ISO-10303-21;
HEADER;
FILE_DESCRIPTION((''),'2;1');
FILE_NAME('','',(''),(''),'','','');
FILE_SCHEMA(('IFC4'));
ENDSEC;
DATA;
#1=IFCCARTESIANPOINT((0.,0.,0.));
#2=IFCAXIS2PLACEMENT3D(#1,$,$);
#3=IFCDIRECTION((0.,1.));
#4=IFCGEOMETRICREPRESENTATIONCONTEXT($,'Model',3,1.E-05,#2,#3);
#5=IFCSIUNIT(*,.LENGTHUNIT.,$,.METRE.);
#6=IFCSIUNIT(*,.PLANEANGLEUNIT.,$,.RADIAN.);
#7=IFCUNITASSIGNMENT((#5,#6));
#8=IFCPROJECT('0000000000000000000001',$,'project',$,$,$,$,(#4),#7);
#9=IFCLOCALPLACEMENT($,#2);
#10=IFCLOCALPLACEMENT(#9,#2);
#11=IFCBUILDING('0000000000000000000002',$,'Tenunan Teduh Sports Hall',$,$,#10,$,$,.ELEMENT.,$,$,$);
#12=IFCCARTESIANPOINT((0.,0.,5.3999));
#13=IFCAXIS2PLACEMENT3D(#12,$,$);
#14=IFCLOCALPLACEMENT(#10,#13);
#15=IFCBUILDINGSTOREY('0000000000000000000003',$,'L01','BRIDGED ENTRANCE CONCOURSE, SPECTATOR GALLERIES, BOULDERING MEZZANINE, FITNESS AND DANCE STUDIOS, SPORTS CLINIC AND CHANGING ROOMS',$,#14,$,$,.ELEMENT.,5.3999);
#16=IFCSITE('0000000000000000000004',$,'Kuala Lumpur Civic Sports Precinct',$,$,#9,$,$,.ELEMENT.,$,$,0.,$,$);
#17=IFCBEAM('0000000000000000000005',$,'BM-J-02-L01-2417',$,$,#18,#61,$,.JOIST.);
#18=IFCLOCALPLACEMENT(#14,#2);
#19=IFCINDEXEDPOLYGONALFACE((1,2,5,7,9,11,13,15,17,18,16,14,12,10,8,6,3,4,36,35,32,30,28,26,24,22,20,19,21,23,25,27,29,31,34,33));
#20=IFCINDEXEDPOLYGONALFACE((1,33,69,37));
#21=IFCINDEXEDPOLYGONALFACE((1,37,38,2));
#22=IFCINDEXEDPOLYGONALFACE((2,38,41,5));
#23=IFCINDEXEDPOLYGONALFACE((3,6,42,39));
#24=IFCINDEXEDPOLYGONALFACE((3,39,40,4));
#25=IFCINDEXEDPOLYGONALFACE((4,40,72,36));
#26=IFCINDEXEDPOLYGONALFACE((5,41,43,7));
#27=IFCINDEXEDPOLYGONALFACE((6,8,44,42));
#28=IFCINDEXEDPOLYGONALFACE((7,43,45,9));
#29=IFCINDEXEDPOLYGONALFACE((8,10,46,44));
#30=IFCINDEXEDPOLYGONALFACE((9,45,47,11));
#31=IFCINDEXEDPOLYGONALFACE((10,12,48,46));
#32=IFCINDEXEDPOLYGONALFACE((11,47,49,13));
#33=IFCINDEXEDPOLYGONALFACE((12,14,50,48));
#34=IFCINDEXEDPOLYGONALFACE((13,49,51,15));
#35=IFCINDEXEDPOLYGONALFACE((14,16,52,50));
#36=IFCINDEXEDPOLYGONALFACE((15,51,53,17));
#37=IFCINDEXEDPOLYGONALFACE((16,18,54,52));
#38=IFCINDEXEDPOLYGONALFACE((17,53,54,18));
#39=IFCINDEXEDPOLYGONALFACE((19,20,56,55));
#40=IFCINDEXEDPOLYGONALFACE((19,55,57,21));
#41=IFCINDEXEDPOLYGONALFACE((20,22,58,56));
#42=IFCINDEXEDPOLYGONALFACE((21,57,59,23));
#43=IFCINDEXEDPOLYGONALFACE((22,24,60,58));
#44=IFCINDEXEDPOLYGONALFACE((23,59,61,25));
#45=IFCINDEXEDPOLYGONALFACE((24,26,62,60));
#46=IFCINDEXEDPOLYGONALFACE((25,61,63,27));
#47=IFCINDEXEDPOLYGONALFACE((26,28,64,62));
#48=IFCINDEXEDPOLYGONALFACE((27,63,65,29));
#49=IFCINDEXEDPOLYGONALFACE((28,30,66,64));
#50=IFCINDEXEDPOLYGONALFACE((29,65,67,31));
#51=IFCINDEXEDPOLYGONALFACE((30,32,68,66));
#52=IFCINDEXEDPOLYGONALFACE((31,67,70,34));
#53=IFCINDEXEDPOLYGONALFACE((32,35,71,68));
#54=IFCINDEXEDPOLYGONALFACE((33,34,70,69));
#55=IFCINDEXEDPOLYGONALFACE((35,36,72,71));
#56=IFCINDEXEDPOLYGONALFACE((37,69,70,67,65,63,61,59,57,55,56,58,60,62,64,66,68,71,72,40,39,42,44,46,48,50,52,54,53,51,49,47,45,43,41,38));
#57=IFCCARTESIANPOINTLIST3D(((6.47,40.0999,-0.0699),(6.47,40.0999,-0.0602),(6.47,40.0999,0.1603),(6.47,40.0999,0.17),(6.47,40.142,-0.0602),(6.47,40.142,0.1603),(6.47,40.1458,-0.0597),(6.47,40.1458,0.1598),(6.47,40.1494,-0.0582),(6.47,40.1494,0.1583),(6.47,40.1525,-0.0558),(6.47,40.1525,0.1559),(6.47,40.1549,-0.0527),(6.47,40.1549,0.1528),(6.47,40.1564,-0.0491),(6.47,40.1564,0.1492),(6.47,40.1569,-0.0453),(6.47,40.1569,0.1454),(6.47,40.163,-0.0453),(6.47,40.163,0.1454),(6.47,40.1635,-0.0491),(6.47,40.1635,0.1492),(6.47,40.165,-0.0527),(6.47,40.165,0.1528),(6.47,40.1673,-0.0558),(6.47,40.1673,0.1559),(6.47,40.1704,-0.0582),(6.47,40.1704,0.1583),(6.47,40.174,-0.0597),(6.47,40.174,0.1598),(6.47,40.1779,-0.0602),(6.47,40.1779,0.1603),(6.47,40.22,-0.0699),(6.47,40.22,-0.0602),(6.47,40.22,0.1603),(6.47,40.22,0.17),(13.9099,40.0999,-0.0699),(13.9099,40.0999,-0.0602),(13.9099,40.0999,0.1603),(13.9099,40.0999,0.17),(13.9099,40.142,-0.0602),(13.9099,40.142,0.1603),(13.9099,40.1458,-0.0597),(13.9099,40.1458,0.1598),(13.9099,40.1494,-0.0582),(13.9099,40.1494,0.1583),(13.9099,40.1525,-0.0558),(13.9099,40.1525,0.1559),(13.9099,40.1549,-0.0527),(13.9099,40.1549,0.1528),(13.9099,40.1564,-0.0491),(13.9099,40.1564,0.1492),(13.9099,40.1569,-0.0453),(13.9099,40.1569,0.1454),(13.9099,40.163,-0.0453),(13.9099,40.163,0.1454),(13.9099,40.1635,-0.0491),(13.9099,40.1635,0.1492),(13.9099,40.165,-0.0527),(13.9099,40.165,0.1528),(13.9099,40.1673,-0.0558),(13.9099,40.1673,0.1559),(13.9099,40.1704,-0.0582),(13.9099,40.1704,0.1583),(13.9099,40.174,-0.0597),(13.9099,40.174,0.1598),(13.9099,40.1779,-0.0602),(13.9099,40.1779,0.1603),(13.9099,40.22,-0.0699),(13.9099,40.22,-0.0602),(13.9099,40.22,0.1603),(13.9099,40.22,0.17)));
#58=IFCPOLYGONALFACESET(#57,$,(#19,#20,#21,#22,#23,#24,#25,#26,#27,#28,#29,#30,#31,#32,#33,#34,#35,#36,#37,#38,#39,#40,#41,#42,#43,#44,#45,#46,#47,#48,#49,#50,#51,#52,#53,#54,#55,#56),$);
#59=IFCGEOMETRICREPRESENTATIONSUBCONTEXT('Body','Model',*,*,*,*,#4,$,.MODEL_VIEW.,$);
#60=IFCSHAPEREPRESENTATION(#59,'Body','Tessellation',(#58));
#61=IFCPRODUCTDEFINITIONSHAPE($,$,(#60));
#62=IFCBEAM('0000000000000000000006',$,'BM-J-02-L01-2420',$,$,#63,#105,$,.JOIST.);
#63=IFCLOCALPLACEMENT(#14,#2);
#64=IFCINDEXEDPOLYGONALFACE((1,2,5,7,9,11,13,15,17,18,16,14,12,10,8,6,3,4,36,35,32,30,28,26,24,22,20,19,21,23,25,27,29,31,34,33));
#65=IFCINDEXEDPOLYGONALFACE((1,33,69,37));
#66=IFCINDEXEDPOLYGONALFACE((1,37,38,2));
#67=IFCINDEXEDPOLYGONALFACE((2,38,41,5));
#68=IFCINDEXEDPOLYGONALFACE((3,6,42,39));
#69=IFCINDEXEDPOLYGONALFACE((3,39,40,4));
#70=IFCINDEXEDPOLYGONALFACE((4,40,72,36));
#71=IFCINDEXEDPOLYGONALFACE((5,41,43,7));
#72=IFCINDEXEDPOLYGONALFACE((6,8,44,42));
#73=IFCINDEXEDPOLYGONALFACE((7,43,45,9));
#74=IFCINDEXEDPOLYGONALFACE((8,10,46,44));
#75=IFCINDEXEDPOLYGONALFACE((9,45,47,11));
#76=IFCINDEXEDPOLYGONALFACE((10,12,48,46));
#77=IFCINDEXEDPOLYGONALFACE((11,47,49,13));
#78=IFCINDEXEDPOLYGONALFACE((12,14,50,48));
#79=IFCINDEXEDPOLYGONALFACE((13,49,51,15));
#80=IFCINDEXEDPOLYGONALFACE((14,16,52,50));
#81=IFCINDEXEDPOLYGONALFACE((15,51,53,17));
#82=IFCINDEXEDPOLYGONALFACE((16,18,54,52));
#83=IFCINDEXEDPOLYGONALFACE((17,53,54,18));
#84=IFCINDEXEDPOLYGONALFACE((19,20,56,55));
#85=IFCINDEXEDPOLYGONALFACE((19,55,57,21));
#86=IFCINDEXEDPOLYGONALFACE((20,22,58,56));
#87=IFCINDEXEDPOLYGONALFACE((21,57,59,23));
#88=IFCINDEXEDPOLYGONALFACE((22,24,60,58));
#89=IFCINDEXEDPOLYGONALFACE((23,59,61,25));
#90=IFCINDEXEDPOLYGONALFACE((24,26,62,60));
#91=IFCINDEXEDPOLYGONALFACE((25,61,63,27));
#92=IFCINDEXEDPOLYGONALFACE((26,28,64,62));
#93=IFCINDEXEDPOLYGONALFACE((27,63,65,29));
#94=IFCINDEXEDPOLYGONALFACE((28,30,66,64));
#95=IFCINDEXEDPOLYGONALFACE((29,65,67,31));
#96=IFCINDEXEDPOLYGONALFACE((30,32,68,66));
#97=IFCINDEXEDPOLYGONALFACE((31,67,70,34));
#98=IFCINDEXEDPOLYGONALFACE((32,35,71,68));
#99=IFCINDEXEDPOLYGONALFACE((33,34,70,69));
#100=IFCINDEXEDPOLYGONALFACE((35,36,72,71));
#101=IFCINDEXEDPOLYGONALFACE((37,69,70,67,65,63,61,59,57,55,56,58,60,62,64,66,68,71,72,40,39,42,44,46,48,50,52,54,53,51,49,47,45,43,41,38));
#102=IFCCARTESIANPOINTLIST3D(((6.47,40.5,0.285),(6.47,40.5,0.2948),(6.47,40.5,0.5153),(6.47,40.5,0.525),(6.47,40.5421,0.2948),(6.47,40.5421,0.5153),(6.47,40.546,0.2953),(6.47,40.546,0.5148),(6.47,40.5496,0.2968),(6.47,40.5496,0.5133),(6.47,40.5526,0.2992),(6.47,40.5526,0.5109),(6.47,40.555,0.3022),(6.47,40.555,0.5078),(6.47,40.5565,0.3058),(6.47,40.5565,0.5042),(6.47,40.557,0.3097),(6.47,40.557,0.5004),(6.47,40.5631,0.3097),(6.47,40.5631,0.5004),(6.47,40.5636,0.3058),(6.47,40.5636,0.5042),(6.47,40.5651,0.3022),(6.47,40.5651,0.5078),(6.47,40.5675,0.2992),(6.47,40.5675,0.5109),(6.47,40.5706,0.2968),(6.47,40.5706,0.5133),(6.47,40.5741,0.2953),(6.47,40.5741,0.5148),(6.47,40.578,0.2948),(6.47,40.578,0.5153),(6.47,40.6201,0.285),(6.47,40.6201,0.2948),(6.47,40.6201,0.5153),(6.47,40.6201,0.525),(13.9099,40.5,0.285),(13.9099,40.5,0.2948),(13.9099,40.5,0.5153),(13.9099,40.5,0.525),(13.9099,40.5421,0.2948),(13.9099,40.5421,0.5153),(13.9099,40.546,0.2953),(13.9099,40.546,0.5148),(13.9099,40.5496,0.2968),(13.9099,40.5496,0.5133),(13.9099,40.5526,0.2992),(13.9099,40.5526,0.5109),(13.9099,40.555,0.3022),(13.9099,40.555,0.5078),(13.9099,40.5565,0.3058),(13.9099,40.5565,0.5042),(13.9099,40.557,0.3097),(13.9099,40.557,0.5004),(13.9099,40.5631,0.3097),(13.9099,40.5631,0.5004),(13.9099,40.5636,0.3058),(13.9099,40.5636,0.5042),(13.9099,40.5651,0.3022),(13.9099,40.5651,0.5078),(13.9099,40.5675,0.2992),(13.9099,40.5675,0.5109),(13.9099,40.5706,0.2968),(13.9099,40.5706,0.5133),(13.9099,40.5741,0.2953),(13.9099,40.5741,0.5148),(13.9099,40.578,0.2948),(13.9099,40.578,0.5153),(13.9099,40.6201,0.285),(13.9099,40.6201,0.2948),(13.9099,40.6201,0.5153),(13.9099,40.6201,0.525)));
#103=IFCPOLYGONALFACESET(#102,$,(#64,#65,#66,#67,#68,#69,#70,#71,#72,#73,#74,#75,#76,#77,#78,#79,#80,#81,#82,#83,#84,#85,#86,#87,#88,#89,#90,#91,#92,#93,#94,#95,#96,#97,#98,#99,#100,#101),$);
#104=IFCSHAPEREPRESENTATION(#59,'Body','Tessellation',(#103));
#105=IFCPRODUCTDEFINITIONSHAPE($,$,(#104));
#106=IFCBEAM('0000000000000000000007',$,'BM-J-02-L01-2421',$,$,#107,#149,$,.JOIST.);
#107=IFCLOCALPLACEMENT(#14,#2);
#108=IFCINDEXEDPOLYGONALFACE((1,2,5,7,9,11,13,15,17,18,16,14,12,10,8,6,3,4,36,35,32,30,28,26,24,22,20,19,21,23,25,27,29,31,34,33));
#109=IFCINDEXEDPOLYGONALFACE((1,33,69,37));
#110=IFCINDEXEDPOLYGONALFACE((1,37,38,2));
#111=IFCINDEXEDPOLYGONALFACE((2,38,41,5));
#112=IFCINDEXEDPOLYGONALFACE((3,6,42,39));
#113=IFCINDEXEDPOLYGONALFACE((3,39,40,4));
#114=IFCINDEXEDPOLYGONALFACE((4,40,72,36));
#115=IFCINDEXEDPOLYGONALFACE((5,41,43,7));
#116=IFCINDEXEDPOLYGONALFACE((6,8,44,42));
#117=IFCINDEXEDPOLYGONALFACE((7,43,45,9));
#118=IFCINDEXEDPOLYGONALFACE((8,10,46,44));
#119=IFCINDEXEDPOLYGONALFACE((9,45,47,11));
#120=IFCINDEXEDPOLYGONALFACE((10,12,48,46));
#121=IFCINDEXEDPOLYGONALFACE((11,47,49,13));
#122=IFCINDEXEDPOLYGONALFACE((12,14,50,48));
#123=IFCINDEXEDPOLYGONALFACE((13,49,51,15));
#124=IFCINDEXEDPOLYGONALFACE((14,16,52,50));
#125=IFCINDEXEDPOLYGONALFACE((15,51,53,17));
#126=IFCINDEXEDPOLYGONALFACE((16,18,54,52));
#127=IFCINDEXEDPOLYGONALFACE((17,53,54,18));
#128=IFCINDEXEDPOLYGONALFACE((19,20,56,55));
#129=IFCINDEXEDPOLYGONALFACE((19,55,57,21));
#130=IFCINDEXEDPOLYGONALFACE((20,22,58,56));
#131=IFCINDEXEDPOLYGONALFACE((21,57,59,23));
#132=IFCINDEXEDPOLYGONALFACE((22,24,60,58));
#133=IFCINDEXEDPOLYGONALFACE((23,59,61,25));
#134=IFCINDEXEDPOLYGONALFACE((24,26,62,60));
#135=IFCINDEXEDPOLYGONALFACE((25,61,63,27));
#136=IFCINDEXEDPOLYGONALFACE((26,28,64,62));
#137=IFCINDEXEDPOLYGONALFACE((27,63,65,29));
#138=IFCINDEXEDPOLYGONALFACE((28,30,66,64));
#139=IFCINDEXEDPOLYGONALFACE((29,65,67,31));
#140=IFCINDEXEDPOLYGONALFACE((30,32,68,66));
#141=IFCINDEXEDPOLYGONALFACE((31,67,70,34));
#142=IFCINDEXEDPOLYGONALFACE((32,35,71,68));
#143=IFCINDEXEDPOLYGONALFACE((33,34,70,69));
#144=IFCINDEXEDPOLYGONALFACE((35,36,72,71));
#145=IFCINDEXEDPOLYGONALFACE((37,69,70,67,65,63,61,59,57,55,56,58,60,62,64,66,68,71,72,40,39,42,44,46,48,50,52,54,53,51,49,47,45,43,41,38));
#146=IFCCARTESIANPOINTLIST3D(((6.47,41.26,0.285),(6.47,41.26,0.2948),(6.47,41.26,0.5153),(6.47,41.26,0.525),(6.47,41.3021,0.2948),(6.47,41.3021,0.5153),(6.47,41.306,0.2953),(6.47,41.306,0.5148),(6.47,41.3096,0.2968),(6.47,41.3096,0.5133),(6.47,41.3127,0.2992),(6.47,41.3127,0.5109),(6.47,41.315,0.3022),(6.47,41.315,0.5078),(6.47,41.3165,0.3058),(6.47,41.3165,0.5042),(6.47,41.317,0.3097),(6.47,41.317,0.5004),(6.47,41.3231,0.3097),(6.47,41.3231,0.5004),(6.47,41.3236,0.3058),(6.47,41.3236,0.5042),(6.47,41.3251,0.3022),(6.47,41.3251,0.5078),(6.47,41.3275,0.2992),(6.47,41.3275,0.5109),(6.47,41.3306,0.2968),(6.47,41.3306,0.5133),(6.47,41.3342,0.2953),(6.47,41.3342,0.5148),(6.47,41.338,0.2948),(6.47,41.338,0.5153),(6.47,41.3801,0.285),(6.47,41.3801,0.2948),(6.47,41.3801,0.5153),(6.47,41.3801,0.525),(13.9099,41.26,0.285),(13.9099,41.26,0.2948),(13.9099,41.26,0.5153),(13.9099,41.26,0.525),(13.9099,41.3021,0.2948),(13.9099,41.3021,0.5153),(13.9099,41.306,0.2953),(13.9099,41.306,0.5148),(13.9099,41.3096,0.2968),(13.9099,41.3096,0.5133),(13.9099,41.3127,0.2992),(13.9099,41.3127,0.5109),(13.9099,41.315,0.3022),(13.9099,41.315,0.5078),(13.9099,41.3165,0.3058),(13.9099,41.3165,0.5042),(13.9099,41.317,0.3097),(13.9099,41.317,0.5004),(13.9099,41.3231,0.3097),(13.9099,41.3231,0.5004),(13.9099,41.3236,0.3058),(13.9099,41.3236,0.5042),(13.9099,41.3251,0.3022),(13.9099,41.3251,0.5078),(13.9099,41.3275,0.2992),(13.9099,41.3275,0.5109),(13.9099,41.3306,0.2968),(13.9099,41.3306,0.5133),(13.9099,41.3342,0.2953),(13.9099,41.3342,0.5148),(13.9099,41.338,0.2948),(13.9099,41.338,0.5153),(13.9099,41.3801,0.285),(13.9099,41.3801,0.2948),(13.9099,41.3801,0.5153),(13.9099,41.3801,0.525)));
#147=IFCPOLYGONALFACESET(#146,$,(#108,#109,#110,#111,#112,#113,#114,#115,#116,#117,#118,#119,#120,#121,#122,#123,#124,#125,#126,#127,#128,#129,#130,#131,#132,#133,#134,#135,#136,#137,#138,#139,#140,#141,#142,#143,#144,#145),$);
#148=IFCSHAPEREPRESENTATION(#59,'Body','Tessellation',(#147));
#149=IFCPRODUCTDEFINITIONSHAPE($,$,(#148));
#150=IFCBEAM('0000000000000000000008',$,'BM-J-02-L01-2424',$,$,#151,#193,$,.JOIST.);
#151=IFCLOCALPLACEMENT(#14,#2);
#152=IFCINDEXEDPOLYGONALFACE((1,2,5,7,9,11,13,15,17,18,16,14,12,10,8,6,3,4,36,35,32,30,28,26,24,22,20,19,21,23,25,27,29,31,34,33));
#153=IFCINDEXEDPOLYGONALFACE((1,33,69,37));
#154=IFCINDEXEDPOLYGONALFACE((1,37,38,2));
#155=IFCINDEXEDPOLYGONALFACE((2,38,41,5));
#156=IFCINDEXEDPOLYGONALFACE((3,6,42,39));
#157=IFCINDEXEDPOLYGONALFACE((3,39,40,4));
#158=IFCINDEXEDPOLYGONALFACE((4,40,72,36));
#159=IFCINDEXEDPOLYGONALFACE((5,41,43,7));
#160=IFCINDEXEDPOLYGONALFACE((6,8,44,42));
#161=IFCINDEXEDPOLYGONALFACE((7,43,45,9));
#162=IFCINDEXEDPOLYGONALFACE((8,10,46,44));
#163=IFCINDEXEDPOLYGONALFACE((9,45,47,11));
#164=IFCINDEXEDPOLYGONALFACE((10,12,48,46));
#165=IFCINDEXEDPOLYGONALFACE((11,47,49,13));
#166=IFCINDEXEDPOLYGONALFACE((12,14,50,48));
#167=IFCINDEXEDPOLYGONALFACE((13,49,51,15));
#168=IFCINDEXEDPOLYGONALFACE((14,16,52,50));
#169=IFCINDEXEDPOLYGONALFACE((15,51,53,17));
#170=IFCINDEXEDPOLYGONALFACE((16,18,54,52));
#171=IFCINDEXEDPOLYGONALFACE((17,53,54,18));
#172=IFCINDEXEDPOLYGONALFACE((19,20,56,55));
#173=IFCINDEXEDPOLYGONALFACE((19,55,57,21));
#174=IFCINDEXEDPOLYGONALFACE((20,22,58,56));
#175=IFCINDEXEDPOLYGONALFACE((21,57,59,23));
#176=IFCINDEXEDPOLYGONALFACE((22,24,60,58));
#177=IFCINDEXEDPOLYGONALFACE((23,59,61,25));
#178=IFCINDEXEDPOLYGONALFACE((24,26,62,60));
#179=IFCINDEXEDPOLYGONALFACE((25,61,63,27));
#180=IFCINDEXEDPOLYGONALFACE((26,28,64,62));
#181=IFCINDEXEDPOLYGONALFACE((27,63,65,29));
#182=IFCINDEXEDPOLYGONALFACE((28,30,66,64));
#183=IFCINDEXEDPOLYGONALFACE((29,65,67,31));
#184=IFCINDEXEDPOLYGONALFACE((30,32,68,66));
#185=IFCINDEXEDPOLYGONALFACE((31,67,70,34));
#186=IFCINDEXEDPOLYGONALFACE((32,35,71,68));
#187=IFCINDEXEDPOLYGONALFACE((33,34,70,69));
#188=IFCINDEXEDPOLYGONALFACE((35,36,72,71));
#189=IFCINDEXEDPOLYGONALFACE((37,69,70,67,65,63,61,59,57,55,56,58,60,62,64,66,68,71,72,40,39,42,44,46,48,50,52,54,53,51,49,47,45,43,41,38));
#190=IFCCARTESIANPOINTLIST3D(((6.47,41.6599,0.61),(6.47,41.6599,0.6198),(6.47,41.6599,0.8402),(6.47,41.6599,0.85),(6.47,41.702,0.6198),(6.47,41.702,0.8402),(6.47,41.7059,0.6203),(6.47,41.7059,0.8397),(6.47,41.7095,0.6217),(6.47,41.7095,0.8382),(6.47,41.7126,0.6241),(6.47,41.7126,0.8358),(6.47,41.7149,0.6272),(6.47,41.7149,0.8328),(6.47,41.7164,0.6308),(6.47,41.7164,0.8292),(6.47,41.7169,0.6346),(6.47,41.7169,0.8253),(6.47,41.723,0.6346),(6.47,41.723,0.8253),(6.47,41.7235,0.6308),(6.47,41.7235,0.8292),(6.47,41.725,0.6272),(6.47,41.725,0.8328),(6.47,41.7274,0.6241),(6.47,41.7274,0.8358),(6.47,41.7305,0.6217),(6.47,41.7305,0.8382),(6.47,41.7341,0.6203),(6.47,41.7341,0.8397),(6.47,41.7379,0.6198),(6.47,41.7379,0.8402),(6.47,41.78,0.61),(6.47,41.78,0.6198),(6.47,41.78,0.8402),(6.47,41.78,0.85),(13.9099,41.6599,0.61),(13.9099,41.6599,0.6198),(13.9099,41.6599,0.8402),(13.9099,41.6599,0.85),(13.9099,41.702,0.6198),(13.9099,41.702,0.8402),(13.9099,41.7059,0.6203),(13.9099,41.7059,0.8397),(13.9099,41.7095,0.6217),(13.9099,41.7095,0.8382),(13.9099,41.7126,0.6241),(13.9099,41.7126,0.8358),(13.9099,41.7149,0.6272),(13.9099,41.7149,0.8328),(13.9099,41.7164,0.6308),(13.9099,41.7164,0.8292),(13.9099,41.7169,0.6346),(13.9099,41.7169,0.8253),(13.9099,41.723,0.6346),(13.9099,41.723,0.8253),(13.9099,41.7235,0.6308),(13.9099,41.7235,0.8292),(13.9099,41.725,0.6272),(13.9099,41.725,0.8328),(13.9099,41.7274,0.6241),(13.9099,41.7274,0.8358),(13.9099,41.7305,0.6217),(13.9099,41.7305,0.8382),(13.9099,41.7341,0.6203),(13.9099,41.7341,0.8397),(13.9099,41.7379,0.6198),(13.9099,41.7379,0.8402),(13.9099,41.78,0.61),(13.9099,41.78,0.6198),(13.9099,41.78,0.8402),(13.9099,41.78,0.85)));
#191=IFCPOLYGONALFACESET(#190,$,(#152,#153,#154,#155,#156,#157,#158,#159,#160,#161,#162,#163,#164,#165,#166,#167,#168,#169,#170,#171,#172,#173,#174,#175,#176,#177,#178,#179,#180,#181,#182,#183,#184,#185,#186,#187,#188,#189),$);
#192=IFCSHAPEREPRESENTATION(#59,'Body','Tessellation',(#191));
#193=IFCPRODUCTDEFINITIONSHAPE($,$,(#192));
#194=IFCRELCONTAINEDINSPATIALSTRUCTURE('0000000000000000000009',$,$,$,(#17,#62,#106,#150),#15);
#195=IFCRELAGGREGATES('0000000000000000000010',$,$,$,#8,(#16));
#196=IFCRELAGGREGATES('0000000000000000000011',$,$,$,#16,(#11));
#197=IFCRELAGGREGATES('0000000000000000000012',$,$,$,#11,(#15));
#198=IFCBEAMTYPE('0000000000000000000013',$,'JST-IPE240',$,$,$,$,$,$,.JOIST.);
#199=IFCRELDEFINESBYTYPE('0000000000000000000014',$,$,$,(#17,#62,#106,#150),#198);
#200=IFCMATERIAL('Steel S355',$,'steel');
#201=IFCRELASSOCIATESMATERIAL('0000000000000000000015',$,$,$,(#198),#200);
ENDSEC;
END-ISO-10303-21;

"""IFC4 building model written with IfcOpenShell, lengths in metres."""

from ifc_helpers import new_model, si_unit, direction, frame, origin, origin_2d, place, context, subcontext, project, spatial, i_section, extrude, material, material_profile, profile_set, type_object, element, save


model = new_model("IFC4")

# Units and contexts
model_context = context("Model", 3, precision=1e-05, world=origin(), true_north=direction((0.0, 1.0)))
body_context = subcontext(model_context, "Body", "Model", "MODEL_VIEW")
ifc_project = project(units=[si_unit("LENGTHUNIT", "METRE"), si_unit("PLANEANGLEUNIT", "RADIAN")], contexts=[model_context])

# Site, building, storey
site_placement = place(None, origin())
site = spatial("IfcSite", under=ifc_project, at=site_placement, Name="Kuala Lumpur Civic Sports Precinct", CompositionType="ELEMENT", RefElevation=0.0)
building_placement = place(site_placement, origin())
building = spatial("IfcBuilding", under=site, at=building_placement, Name="Tenunan Teduh Sports Hall", CompositionType="ELEMENT")
storey_placement = place(building_placement, frame((0.0, 0.0, 5.3999)))
storey = spatial("IfcBuildingStorey", under=building, at=storey_placement, Name="L01", Description="BRIDGED ENTRANCE CONCOURSE, SPECTATOR GALLERIES, BOULDERING MEZZANINE, FITNESS AND DANCE STUDIOS, SPORTS CLINIC AND CHANGING ROOMS", CompositionType="ELEMENT", Elevation=5.3999)

# Beams
ifc_material_1 = material(Name="Steel S355", Category="steel")
ifc_material_profile_1 = material_profile(ifc_material_1, i_section(OverallWidth=0.1201, OverallDepth=0.24, WebThickness=0.0061, FlangeThickness=0.0098, FilletRadius=0.0149, at=origin_2d()), Name="IPE 240")
ifc_profile_set_1 = profile_set([ifc_material_profile_1], Name="Steel S355")
beam_type_1 = type_object("IfcBeamType", Name="JST-IPE240", PredefinedType="JOIST", material=ifc_profile_set_1)
for number, where, z_axis, x_axis, name in (
    (1, (6.47, 40.1599, 0.05), (1.0, 0.0, 0.0), (0.0, 1.0, 0.0), "BM-J-02-L01-2417"),
    (2, (6.47, 40.5601, 0.405), (1.0, 0.0, 0.0), (0.0, 1.0, 0.0), "BM-J-02-L01-2420"),
    (3, (6.47, 41.3201, 0.405), (1.0, 0.0, 0.0), (0.0, 1.0, 0.0), "BM-J-02-L01-2421"),
    (4, (6.47, 41.72, 0.73), (1.0, 0.0, 0.0), (0.0, 1.0, 0.0), "BM-J-02-L01-2424"),
):
    element("IfcBeam", number, at=place(storey_placement, frame(where, z_axis=z_axis, x_axis=x_axis)), inside=storey, type_object=beam_type_1, Name=name, PredefinedType="JOIST", context=body_context, shape_type="SweptSolid", body=[
        extrude(i_section(OverallWidth=0.1201, OverallDepth=0.24, WebThickness=0.0061, FlangeThickness=0.0098, FilletRadius=0.0149, at=origin_2d()), origin(), (0.0, 0.0, 1.0), 7.4399),
    ])

save(model, "model.ifc")
